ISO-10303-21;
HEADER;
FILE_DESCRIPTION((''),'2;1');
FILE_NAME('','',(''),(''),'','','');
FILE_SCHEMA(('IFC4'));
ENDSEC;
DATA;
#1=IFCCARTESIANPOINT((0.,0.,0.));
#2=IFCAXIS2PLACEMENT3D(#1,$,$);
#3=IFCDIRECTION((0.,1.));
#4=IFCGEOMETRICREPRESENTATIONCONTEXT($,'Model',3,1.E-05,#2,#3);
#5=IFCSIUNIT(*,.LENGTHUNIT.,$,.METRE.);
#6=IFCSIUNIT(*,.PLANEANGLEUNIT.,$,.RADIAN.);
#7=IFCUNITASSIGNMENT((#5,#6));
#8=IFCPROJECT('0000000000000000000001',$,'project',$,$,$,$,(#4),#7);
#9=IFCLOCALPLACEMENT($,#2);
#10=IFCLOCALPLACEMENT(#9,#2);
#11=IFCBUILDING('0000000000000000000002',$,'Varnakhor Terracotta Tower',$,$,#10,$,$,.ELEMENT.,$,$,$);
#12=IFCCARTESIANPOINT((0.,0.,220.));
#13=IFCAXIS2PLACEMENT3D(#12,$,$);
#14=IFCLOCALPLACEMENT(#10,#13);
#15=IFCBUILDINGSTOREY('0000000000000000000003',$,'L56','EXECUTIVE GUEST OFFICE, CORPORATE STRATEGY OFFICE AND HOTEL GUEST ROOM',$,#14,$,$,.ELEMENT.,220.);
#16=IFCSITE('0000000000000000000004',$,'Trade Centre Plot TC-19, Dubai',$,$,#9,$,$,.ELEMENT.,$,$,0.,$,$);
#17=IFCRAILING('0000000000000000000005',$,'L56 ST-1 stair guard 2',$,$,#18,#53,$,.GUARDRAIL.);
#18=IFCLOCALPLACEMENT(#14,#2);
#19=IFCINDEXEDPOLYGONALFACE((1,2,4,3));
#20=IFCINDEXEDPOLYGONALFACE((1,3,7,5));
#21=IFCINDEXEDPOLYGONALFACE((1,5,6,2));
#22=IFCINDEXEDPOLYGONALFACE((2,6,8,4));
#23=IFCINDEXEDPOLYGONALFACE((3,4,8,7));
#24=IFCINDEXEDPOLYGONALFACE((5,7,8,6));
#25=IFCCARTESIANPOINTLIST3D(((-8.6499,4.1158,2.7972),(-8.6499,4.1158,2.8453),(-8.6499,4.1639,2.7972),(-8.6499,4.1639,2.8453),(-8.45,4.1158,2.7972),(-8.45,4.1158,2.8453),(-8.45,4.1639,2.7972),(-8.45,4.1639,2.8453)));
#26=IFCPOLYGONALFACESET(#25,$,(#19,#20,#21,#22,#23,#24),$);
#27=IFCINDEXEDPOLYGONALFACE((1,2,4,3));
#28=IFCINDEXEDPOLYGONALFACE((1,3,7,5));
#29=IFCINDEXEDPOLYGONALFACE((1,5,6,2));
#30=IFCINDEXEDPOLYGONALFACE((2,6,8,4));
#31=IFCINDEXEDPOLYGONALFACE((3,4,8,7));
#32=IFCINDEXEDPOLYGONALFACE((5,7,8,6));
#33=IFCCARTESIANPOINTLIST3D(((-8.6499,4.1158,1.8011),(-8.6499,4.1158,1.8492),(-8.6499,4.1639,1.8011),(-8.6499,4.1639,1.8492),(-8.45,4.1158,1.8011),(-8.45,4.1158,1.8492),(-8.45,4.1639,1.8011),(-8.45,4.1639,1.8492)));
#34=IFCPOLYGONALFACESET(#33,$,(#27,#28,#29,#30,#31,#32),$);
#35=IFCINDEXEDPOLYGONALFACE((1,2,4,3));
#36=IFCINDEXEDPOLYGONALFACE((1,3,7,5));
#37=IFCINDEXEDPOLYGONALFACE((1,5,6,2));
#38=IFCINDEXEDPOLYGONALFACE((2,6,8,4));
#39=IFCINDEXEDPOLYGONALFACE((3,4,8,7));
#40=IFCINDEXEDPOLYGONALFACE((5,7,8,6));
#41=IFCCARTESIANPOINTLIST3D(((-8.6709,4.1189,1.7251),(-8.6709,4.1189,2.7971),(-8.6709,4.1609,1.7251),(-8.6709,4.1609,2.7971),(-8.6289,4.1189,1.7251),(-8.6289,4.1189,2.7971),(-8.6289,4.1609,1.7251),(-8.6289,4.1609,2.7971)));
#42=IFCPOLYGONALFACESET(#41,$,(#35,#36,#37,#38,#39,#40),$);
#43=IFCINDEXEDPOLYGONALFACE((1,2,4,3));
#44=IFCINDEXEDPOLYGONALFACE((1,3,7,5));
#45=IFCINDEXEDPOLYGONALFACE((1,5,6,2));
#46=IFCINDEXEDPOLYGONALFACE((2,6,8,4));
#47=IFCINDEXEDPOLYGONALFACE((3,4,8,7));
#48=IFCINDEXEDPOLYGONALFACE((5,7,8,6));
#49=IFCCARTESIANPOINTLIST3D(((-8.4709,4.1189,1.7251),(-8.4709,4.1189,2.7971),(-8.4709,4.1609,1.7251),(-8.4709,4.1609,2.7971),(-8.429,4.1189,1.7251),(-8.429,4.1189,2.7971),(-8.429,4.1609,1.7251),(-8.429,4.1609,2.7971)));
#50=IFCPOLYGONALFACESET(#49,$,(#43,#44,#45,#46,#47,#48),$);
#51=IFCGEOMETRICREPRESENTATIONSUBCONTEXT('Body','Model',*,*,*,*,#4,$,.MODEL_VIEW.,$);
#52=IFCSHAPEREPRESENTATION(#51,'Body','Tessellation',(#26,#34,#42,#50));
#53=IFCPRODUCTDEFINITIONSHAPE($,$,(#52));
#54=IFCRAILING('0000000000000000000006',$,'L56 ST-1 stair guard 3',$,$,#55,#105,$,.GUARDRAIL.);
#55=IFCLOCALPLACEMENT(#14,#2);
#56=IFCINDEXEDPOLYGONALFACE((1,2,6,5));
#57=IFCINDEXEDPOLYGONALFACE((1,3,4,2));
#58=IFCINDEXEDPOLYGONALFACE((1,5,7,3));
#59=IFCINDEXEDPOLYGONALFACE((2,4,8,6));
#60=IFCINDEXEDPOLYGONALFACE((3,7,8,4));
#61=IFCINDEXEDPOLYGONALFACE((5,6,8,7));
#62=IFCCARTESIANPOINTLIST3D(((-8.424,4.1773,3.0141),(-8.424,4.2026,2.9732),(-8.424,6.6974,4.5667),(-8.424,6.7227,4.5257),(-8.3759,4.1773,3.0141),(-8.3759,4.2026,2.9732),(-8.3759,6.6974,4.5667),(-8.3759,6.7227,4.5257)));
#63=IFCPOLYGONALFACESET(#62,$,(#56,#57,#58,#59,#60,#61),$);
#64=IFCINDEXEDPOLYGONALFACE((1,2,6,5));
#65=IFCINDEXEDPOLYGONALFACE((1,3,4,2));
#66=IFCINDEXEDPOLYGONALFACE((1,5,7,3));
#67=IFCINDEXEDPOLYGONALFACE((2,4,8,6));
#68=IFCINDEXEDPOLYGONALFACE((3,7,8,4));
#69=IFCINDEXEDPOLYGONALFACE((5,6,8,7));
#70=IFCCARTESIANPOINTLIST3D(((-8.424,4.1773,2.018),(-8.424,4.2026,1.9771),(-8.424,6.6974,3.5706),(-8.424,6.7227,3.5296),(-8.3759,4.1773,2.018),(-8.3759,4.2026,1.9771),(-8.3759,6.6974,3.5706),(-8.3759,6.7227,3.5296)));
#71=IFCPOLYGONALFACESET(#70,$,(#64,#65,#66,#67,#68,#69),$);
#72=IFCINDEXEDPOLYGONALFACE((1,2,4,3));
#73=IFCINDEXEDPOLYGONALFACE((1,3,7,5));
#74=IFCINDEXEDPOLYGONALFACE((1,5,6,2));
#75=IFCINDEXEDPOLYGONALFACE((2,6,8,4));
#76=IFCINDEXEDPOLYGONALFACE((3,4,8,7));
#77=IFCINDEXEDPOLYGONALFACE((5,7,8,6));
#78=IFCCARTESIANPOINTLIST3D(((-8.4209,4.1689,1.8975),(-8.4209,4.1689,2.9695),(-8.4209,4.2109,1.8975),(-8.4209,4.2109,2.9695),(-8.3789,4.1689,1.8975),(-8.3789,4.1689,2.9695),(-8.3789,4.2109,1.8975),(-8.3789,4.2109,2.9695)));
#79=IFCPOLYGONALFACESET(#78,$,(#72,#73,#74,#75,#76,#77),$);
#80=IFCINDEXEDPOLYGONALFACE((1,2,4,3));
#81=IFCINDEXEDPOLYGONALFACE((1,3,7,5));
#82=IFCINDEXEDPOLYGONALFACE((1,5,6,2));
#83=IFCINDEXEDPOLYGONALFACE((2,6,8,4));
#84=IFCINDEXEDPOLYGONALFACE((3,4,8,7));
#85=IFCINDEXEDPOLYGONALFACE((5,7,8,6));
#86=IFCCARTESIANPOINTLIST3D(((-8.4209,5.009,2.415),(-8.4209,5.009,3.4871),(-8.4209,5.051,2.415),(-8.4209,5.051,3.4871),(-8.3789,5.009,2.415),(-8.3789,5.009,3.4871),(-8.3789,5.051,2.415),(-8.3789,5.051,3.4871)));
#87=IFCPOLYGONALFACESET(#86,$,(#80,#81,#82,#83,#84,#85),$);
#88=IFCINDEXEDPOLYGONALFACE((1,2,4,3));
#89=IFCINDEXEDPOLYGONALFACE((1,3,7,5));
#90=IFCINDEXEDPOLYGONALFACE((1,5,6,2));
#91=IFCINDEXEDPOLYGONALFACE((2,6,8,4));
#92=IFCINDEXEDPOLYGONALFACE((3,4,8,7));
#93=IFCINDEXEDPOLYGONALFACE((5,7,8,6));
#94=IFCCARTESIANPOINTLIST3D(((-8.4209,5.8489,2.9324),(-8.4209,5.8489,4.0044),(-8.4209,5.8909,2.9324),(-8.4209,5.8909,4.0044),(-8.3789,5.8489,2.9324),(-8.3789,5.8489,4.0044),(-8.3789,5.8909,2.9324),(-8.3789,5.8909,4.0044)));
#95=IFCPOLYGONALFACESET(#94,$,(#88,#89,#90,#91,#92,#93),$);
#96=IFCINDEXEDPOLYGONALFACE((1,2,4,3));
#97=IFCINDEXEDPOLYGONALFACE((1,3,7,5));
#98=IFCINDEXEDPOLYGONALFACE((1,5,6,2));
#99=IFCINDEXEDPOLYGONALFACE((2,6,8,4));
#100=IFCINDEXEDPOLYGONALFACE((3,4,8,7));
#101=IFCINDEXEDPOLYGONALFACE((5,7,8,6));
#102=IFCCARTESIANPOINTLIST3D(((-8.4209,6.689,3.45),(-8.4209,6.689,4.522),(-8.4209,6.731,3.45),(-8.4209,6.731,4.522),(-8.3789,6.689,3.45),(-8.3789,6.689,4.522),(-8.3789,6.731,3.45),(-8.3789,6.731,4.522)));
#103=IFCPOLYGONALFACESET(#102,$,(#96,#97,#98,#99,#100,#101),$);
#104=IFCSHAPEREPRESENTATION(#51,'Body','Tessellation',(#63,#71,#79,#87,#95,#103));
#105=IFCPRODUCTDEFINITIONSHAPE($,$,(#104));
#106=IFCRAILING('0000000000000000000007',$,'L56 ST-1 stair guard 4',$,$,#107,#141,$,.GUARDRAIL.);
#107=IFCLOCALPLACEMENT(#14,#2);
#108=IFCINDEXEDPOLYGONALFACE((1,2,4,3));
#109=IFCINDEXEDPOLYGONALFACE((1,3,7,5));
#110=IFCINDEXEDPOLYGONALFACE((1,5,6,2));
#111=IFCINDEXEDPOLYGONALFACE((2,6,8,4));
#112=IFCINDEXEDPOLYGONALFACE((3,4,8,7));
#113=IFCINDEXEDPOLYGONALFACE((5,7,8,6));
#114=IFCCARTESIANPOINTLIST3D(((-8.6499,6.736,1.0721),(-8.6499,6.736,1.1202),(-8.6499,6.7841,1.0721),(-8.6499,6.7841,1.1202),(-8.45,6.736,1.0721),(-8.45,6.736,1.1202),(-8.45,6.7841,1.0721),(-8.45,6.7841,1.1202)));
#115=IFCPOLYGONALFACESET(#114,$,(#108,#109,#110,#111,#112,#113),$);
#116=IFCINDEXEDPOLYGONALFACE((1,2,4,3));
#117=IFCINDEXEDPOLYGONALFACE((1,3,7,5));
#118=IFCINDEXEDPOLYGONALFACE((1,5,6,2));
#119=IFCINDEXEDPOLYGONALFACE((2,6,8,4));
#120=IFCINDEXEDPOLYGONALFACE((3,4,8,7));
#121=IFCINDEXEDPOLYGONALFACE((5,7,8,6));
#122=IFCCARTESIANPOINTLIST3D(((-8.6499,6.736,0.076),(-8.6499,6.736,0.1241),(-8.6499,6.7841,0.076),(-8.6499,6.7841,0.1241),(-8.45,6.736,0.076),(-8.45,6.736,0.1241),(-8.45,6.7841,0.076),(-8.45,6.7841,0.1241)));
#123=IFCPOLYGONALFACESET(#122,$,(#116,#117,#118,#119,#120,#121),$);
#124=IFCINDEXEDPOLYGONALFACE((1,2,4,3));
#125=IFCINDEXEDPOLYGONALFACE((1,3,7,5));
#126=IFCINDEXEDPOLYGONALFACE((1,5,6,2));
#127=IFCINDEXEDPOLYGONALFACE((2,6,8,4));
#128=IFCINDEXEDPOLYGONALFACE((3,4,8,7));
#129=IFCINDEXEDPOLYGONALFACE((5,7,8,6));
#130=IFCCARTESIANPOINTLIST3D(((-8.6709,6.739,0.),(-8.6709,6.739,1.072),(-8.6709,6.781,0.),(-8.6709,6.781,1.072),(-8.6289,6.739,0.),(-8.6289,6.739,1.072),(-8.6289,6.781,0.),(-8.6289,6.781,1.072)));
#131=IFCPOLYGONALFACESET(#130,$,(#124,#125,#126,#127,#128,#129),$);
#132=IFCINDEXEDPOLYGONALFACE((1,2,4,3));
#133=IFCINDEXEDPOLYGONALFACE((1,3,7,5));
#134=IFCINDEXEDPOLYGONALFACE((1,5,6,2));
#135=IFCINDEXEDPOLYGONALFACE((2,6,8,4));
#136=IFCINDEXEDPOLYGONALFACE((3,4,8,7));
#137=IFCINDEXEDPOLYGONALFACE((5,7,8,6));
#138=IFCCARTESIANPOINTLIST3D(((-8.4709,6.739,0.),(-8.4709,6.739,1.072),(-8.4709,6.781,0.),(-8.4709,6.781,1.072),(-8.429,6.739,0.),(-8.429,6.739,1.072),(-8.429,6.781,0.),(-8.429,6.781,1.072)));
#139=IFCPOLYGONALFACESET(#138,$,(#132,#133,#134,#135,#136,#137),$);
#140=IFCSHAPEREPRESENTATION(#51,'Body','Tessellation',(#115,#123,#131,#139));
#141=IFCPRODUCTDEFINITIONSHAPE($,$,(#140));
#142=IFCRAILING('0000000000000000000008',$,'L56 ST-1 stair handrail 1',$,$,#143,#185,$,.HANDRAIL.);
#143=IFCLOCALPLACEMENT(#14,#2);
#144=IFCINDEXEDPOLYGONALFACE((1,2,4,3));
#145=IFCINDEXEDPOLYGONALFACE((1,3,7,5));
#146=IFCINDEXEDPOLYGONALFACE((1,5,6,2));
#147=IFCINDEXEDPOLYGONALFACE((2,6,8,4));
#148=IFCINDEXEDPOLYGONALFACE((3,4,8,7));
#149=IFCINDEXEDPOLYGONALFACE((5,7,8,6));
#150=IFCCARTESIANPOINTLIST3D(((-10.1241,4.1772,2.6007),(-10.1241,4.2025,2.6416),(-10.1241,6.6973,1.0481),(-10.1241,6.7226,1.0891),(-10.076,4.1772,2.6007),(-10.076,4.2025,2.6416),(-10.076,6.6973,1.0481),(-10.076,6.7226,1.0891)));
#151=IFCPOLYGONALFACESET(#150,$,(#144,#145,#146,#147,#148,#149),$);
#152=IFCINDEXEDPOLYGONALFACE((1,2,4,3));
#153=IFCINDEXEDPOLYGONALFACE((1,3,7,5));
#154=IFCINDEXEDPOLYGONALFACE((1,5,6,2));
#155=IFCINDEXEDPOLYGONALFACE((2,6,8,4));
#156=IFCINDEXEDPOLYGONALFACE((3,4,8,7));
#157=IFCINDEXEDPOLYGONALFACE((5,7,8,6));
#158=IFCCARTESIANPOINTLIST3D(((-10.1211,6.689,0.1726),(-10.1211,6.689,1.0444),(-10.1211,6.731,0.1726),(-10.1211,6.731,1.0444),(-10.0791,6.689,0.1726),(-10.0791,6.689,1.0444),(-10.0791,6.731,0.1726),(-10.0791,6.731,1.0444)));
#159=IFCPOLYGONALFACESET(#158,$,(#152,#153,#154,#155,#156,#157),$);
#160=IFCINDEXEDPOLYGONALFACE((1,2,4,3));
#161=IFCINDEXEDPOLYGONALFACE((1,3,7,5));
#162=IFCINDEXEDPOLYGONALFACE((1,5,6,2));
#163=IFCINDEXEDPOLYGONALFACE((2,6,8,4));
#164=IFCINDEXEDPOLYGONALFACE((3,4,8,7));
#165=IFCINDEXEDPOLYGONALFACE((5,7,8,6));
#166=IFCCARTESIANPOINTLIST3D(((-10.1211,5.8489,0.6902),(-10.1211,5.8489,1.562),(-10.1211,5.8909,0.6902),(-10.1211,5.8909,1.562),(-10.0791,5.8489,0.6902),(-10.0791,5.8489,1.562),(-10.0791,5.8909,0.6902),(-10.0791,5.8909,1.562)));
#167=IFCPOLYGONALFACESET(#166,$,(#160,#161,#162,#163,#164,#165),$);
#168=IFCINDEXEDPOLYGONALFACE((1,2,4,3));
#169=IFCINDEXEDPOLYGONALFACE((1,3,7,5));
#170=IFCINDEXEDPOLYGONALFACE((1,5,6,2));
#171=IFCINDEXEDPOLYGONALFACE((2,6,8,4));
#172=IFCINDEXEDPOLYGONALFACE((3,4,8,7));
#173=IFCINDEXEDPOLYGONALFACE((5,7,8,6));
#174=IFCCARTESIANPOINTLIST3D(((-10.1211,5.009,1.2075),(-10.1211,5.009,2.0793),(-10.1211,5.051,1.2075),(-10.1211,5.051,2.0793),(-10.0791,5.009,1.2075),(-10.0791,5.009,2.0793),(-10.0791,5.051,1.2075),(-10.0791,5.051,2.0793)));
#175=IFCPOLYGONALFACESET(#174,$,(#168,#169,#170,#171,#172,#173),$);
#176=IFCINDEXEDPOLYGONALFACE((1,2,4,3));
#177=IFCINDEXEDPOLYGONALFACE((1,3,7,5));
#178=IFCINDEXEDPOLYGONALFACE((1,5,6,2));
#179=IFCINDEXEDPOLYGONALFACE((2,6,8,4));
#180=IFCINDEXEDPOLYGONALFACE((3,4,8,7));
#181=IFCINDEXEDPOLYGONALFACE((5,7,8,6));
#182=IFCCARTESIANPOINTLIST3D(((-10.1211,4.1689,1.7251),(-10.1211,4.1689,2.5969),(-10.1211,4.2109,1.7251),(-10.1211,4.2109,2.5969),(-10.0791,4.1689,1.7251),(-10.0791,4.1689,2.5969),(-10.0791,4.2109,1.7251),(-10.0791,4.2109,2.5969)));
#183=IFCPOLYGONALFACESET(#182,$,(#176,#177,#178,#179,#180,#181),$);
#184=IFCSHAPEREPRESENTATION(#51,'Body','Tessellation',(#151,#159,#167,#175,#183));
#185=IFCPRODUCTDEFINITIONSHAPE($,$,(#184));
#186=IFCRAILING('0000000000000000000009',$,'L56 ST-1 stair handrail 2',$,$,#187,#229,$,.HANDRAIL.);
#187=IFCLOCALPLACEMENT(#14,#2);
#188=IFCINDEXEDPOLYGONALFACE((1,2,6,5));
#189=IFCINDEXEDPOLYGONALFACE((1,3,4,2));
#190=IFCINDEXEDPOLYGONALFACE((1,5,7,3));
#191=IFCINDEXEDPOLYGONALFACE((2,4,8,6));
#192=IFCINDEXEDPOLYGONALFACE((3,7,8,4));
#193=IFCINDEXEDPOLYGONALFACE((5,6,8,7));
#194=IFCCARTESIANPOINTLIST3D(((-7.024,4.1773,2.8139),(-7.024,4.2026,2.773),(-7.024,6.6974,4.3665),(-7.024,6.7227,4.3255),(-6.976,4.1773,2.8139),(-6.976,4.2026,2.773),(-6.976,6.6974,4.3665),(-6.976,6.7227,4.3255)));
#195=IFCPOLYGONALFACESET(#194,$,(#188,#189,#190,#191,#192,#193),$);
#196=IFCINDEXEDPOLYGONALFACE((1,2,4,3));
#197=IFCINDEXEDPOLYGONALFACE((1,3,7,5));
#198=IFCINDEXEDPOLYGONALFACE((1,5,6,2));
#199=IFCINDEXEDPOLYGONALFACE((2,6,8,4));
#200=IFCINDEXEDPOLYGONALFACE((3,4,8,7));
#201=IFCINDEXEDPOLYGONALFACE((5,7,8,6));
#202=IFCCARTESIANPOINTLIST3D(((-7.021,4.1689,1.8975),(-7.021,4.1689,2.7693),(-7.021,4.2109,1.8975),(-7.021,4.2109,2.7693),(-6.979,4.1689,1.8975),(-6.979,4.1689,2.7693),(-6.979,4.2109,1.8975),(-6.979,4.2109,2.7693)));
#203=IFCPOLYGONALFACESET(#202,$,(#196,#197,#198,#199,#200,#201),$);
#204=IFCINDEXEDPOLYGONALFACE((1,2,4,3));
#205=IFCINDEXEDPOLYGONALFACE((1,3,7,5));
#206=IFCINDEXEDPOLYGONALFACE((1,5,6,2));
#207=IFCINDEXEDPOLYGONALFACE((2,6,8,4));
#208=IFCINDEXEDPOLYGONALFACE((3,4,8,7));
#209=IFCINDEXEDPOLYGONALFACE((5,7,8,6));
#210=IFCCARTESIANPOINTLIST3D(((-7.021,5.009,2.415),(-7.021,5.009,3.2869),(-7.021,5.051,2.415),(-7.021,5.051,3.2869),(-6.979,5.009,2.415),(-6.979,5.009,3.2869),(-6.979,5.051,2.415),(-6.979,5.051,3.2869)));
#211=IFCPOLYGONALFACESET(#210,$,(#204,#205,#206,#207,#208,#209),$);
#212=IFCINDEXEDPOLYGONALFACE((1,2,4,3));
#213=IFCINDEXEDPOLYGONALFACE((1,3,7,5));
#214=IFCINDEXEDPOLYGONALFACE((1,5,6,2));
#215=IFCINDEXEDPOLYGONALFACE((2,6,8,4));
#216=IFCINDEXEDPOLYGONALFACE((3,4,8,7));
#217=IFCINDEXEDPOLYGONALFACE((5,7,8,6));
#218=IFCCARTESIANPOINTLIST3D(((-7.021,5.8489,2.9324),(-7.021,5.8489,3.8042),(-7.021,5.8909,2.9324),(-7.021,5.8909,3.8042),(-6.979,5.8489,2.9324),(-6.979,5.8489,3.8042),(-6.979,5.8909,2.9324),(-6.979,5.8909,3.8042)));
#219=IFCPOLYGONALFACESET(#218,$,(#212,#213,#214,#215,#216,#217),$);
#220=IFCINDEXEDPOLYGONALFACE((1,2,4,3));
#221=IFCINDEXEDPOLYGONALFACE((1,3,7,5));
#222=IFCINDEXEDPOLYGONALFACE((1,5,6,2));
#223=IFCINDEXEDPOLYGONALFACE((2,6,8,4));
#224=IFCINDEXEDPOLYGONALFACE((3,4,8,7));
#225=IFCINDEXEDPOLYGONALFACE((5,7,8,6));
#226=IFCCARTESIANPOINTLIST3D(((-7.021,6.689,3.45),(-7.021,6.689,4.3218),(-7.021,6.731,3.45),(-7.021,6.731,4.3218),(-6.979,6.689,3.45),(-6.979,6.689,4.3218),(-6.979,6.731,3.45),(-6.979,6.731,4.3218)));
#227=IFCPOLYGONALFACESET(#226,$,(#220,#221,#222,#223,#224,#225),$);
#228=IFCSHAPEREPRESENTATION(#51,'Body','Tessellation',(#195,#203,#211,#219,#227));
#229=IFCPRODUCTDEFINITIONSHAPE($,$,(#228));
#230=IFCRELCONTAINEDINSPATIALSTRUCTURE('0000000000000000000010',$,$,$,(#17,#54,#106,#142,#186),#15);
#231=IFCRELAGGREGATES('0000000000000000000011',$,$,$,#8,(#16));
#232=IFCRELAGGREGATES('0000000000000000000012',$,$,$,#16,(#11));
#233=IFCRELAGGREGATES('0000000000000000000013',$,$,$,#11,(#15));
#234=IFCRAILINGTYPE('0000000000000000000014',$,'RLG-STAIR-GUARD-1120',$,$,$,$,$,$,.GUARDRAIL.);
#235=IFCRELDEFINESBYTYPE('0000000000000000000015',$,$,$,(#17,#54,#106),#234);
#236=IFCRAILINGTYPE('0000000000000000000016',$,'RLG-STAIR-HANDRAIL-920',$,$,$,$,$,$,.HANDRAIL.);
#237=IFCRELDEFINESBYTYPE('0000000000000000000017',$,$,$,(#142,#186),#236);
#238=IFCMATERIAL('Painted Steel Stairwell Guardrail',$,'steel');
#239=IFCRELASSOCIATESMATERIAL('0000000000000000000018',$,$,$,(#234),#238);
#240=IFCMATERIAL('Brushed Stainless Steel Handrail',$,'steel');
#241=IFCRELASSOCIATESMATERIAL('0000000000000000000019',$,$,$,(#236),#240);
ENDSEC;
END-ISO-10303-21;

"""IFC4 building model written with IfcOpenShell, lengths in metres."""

from ifc_helpers import new_model, si_unit, direction, frame, origin, origin_2d, place, context, subcontext, project, spatial, rectangle, extrude, material, type_object, element, save


model = new_model("IFC4")

# Units and contexts
model_context = context("Model", 3, precision=1e-05, world=origin(), true_north=direction((0.0, 1.0)))
body_context = subcontext(model_context, "Body", "Model", "MODEL_VIEW")
ifc_project = project(units=[si_unit("LENGTHUNIT", "METRE"), si_unit("PLANEANGLEUNIT", "RADIAN")], contexts=[model_context])

# Site, building, storey
site_placement = place(None, origin())
site = spatial("IfcSite", under=ifc_project, at=site_placement, Name="Trade Centre Plot TC-19, Dubai", CompositionType="ELEMENT", RefElevation=0.0)
building_placement = place(site_placement, origin())
building = spatial("IfcBuilding", under=site, at=building_placement, Name="Varnakhor Terracotta Tower", CompositionType="ELEMENT")
storey_placement = place(building_placement, frame((0.0, 0.0, 220.0)))
storey = spatial("IfcBuildingStorey", under=building, at=storey_placement, Name="L56", Description="EXECUTIVE GUEST OFFICE, CORPORATE STRATEGY OFFICE AND HOTEL GUEST ROOM", CompositionType="ELEMENT", Elevation=220.0)

# Railings
ifc_material_1 = material(Name="Painted Steel Stairwell Guardrail", Category="steel")
railing_type_1 = type_object("IfcRailingType", Name="RLG-STAIR-GUARD-1120", PredefinedType="GUARDRAIL", material=ifc_material_1)
railing_1_placement = place(storey_placement, frame((-8.6499, 4.1399, 1.7251)))
element("IfcRailing", 1, at=railing_1_placement, inside=storey, type_object=railing_type_1, Name="L56 ST-1 stair guard 2", PredefinedType="GUARDRAIL", context=body_context, shape_type="SweptSolid", body=[
    extrude(rectangle(XDim=0.0481, YDim=0.0481, at=origin_2d()), frame((0.0, 0.0, 1.0962), z_axis=(1.0, 0.0, 0.0), x_axis=(0.0, 1.0, 0.0)), (0.0, 0.0, 1.0), 0.2),
    extrude(rectangle(XDim=0.0481, YDim=0.0481, at=origin_2d()), frame((0.0, 0.0, 0.1001), z_axis=(1.0, 0.0, 0.0), x_axis=(0.0, 1.0, 0.0)), (0.0, 0.0, 1.0), 0.2),
    extrude(rectangle(XDim=0.042, YDim=0.042, at=origin_2d()), origin(), (0.0, 0.0, 1.0), 1.072),
    extrude(rectangle(XDim=0.042, YDim=0.042, at=origin_2d()), frame((0.2, 0.0, 0.0)), (0.0, 0.0, 1.0), 1.072),
])
railing_2_placement = place(storey_placement, frame((-8.3999, 4.1899, 1.8975)))
element("IfcRailing", 2, at=railing_2_placement, inside=storey, type_object=railing_type_1, Name="L56 ST-1 stair guard 3", PredefinedType="GUARDRAIL", context=body_context, shape_type="SweptSolid", body=[
    extrude(rectangle(XDim=0.0481, YDim=0.0481, at=origin_2d()), frame((0.0, 0.0, 1.0962), z_axis=(0.0, 0.8514, 0.524516), x_axis=(-1.0, 0.0, 0.0)), (0.0, 0.0, 1.0), 2.96),
    extrude(rectangle(XDim=0.0481, YDim=0.0481, at=origin_2d()), frame((0.0, 0.0, 0.1001), z_axis=(0.0, 0.8514, 0.524516), x_axis=(-1.0, 0.0, 0.0)), (0.0, 0.0, 1.0), 2.96),
    extrude(rectangle(XDim=0.042, YDim=0.042, at=origin_2d()), origin(), (0.0, 0.0, 1.0), 1.072),
    extrude(rectangle(XDim=0.042, YDim=0.042, at=origin_2d()), frame((0.0, 0.8401, 0.5176)), (0.0, 0.0, 1.0), 1.072),
    extrude(rectangle(XDim=0.042, YDim=0.042, at=origin_2d()), frame((0.0, 1.6799, 1.0349)), (0.0, 0.0, 1.0), 1.072),
    extrude(rectangle(XDim=0.042, YDim=0.042, at=origin_2d()), frame((0.0, 2.52, 1.5525)), (0.0, 0.0, 1.0), 1.072),
])
railing_3_placement = place(storey_placement, frame((-8.6499, 6.76, 0.0)))
element("IfcRailing", 3, at=railing_3_placement, inside=storey, type_object=railing_type_1, Name="L56 ST-1 stair guard 4", PredefinedType="GUARDRAIL", context=body_context, shape_type="SweptSolid", body=[
    extrude(rectangle(XDim=0.0481, YDim=0.0481, at=origin_2d()), frame((0.0, 0.0, 1.0962), z_axis=(1.0, 0.0, 0.0), x_axis=(0.0, 1.0, 0.0)), (0.0, 0.0, 1.0), 0.2),
    extrude(rectangle(XDim=0.0481, YDim=0.0481, at=origin_2d()), frame((0.0, 0.0, 0.1001), z_axis=(1.0, 0.0, 0.0), x_axis=(0.0, 1.0, 0.0)), (0.0, 0.0, 1.0), 0.2),
    extrude(rectangle(XDim=0.042, YDim=0.042, at=origin_2d()), origin(), (0.0, 0.0, 1.0), 1.072),
    extrude(rectangle(XDim=0.042, YDim=0.042, at=origin_2d()), frame((0.2, 0.0, 0.0)), (0.0, 0.0, 1.0), 1.072),
])
ifc_material_2 = material(Name="Brushed Stainless Steel Handrail", Category="steel")
railing_type_2 = type_object("IfcRailingType", Name="RLG-STAIR-HANDRAIL-920", PredefinedType="HANDRAIL", material=ifc_material_2)
railing_4_placement = place(storey_placement, frame((-10.1001, 6.71, 0.1726)))
element("IfcRailing", 4, at=railing_4_placement, inside=storey, type_object=railing_type_2, Name="L56 ST-1 stair handrail 1", PredefinedType="HANDRAIL", context=body_context, shape_type="SweptSolid", body=[
    extrude(rectangle(XDim=0.0481, YDim=0.0481, at=origin_2d()), frame((0.0, 0.0, 0.896), z_axis=(0.0, -0.8514, 0.524516), x_axis=(1.0, 0.0, 0.0)), (0.0, 0.0, 1.0), 2.96),
    extrude(rectangle(XDim=0.042, YDim=0.042, at=origin_2d()), origin(), (0.0, 0.0, 1.0), 0.8718),
    extrude(rectangle(XDim=0.042, YDim=0.042, at=origin_2d()), frame((0.0, -0.8401, 0.5176)), (0.0, 0.0, 1.0), 0.8718),
    extrude(rectangle(XDim=0.042, YDim=0.042, at=origin_2d()), frame((0.0, -1.6799, 1.0349)), (0.0, 0.0, 1.0), 0.8718),
    extrude(rectangle(XDim=0.042, YDim=0.042, at=origin_2d()), frame((0.0, -2.52, 1.5525)), (0.0, 0.0, 1.0), 0.8718),
])
railing_5_placement = place(storey_placement, frame((-7.0, 4.1899, 1.8975)))
element("IfcRailing", 5, at=railing_5_placement, inside=storey, type_object=railing_type_2, Name="L56 ST-1 stair handrail 2", PredefinedType="HANDRAIL", context=body_context, shape_type="SweptSolid", body=[
    extrude(rectangle(XDim=0.0481, YDim=0.0481, at=origin_2d()), frame((0.0, 0.0, 0.896), z_axis=(0.0, 0.8514, 0.524516), x_axis=(-1.0, 0.0, 0.0)), (0.0, 0.0, 1.0), 2.96),
    extrude(rectangle(XDim=0.042, YDim=0.042, at=origin_2d()), origin(), (0.0, 0.0, 1.0), 0.8718),
    extrude(rectangle(XDim=0.042, YDim=0.042, at=origin_2d()), frame((0.0, 0.8401, 0.5176)), (0.0, 0.0, 1.0), 0.8718),
    extrude(rectangle(XDim=0.042, YDim=0.042, at=origin_2d()), frame((0.0, 1.6799, 1.0349)), (0.0, 0.0, 1.0), 0.8718),
    extrude(rectangle(XDim=0.042, YDim=0.042, at=origin_2d()), frame((0.0, 2.52, 1.5525)), (0.0, 0.0, 1.0), 0.8718),
])

save(model, "model.ifc")
